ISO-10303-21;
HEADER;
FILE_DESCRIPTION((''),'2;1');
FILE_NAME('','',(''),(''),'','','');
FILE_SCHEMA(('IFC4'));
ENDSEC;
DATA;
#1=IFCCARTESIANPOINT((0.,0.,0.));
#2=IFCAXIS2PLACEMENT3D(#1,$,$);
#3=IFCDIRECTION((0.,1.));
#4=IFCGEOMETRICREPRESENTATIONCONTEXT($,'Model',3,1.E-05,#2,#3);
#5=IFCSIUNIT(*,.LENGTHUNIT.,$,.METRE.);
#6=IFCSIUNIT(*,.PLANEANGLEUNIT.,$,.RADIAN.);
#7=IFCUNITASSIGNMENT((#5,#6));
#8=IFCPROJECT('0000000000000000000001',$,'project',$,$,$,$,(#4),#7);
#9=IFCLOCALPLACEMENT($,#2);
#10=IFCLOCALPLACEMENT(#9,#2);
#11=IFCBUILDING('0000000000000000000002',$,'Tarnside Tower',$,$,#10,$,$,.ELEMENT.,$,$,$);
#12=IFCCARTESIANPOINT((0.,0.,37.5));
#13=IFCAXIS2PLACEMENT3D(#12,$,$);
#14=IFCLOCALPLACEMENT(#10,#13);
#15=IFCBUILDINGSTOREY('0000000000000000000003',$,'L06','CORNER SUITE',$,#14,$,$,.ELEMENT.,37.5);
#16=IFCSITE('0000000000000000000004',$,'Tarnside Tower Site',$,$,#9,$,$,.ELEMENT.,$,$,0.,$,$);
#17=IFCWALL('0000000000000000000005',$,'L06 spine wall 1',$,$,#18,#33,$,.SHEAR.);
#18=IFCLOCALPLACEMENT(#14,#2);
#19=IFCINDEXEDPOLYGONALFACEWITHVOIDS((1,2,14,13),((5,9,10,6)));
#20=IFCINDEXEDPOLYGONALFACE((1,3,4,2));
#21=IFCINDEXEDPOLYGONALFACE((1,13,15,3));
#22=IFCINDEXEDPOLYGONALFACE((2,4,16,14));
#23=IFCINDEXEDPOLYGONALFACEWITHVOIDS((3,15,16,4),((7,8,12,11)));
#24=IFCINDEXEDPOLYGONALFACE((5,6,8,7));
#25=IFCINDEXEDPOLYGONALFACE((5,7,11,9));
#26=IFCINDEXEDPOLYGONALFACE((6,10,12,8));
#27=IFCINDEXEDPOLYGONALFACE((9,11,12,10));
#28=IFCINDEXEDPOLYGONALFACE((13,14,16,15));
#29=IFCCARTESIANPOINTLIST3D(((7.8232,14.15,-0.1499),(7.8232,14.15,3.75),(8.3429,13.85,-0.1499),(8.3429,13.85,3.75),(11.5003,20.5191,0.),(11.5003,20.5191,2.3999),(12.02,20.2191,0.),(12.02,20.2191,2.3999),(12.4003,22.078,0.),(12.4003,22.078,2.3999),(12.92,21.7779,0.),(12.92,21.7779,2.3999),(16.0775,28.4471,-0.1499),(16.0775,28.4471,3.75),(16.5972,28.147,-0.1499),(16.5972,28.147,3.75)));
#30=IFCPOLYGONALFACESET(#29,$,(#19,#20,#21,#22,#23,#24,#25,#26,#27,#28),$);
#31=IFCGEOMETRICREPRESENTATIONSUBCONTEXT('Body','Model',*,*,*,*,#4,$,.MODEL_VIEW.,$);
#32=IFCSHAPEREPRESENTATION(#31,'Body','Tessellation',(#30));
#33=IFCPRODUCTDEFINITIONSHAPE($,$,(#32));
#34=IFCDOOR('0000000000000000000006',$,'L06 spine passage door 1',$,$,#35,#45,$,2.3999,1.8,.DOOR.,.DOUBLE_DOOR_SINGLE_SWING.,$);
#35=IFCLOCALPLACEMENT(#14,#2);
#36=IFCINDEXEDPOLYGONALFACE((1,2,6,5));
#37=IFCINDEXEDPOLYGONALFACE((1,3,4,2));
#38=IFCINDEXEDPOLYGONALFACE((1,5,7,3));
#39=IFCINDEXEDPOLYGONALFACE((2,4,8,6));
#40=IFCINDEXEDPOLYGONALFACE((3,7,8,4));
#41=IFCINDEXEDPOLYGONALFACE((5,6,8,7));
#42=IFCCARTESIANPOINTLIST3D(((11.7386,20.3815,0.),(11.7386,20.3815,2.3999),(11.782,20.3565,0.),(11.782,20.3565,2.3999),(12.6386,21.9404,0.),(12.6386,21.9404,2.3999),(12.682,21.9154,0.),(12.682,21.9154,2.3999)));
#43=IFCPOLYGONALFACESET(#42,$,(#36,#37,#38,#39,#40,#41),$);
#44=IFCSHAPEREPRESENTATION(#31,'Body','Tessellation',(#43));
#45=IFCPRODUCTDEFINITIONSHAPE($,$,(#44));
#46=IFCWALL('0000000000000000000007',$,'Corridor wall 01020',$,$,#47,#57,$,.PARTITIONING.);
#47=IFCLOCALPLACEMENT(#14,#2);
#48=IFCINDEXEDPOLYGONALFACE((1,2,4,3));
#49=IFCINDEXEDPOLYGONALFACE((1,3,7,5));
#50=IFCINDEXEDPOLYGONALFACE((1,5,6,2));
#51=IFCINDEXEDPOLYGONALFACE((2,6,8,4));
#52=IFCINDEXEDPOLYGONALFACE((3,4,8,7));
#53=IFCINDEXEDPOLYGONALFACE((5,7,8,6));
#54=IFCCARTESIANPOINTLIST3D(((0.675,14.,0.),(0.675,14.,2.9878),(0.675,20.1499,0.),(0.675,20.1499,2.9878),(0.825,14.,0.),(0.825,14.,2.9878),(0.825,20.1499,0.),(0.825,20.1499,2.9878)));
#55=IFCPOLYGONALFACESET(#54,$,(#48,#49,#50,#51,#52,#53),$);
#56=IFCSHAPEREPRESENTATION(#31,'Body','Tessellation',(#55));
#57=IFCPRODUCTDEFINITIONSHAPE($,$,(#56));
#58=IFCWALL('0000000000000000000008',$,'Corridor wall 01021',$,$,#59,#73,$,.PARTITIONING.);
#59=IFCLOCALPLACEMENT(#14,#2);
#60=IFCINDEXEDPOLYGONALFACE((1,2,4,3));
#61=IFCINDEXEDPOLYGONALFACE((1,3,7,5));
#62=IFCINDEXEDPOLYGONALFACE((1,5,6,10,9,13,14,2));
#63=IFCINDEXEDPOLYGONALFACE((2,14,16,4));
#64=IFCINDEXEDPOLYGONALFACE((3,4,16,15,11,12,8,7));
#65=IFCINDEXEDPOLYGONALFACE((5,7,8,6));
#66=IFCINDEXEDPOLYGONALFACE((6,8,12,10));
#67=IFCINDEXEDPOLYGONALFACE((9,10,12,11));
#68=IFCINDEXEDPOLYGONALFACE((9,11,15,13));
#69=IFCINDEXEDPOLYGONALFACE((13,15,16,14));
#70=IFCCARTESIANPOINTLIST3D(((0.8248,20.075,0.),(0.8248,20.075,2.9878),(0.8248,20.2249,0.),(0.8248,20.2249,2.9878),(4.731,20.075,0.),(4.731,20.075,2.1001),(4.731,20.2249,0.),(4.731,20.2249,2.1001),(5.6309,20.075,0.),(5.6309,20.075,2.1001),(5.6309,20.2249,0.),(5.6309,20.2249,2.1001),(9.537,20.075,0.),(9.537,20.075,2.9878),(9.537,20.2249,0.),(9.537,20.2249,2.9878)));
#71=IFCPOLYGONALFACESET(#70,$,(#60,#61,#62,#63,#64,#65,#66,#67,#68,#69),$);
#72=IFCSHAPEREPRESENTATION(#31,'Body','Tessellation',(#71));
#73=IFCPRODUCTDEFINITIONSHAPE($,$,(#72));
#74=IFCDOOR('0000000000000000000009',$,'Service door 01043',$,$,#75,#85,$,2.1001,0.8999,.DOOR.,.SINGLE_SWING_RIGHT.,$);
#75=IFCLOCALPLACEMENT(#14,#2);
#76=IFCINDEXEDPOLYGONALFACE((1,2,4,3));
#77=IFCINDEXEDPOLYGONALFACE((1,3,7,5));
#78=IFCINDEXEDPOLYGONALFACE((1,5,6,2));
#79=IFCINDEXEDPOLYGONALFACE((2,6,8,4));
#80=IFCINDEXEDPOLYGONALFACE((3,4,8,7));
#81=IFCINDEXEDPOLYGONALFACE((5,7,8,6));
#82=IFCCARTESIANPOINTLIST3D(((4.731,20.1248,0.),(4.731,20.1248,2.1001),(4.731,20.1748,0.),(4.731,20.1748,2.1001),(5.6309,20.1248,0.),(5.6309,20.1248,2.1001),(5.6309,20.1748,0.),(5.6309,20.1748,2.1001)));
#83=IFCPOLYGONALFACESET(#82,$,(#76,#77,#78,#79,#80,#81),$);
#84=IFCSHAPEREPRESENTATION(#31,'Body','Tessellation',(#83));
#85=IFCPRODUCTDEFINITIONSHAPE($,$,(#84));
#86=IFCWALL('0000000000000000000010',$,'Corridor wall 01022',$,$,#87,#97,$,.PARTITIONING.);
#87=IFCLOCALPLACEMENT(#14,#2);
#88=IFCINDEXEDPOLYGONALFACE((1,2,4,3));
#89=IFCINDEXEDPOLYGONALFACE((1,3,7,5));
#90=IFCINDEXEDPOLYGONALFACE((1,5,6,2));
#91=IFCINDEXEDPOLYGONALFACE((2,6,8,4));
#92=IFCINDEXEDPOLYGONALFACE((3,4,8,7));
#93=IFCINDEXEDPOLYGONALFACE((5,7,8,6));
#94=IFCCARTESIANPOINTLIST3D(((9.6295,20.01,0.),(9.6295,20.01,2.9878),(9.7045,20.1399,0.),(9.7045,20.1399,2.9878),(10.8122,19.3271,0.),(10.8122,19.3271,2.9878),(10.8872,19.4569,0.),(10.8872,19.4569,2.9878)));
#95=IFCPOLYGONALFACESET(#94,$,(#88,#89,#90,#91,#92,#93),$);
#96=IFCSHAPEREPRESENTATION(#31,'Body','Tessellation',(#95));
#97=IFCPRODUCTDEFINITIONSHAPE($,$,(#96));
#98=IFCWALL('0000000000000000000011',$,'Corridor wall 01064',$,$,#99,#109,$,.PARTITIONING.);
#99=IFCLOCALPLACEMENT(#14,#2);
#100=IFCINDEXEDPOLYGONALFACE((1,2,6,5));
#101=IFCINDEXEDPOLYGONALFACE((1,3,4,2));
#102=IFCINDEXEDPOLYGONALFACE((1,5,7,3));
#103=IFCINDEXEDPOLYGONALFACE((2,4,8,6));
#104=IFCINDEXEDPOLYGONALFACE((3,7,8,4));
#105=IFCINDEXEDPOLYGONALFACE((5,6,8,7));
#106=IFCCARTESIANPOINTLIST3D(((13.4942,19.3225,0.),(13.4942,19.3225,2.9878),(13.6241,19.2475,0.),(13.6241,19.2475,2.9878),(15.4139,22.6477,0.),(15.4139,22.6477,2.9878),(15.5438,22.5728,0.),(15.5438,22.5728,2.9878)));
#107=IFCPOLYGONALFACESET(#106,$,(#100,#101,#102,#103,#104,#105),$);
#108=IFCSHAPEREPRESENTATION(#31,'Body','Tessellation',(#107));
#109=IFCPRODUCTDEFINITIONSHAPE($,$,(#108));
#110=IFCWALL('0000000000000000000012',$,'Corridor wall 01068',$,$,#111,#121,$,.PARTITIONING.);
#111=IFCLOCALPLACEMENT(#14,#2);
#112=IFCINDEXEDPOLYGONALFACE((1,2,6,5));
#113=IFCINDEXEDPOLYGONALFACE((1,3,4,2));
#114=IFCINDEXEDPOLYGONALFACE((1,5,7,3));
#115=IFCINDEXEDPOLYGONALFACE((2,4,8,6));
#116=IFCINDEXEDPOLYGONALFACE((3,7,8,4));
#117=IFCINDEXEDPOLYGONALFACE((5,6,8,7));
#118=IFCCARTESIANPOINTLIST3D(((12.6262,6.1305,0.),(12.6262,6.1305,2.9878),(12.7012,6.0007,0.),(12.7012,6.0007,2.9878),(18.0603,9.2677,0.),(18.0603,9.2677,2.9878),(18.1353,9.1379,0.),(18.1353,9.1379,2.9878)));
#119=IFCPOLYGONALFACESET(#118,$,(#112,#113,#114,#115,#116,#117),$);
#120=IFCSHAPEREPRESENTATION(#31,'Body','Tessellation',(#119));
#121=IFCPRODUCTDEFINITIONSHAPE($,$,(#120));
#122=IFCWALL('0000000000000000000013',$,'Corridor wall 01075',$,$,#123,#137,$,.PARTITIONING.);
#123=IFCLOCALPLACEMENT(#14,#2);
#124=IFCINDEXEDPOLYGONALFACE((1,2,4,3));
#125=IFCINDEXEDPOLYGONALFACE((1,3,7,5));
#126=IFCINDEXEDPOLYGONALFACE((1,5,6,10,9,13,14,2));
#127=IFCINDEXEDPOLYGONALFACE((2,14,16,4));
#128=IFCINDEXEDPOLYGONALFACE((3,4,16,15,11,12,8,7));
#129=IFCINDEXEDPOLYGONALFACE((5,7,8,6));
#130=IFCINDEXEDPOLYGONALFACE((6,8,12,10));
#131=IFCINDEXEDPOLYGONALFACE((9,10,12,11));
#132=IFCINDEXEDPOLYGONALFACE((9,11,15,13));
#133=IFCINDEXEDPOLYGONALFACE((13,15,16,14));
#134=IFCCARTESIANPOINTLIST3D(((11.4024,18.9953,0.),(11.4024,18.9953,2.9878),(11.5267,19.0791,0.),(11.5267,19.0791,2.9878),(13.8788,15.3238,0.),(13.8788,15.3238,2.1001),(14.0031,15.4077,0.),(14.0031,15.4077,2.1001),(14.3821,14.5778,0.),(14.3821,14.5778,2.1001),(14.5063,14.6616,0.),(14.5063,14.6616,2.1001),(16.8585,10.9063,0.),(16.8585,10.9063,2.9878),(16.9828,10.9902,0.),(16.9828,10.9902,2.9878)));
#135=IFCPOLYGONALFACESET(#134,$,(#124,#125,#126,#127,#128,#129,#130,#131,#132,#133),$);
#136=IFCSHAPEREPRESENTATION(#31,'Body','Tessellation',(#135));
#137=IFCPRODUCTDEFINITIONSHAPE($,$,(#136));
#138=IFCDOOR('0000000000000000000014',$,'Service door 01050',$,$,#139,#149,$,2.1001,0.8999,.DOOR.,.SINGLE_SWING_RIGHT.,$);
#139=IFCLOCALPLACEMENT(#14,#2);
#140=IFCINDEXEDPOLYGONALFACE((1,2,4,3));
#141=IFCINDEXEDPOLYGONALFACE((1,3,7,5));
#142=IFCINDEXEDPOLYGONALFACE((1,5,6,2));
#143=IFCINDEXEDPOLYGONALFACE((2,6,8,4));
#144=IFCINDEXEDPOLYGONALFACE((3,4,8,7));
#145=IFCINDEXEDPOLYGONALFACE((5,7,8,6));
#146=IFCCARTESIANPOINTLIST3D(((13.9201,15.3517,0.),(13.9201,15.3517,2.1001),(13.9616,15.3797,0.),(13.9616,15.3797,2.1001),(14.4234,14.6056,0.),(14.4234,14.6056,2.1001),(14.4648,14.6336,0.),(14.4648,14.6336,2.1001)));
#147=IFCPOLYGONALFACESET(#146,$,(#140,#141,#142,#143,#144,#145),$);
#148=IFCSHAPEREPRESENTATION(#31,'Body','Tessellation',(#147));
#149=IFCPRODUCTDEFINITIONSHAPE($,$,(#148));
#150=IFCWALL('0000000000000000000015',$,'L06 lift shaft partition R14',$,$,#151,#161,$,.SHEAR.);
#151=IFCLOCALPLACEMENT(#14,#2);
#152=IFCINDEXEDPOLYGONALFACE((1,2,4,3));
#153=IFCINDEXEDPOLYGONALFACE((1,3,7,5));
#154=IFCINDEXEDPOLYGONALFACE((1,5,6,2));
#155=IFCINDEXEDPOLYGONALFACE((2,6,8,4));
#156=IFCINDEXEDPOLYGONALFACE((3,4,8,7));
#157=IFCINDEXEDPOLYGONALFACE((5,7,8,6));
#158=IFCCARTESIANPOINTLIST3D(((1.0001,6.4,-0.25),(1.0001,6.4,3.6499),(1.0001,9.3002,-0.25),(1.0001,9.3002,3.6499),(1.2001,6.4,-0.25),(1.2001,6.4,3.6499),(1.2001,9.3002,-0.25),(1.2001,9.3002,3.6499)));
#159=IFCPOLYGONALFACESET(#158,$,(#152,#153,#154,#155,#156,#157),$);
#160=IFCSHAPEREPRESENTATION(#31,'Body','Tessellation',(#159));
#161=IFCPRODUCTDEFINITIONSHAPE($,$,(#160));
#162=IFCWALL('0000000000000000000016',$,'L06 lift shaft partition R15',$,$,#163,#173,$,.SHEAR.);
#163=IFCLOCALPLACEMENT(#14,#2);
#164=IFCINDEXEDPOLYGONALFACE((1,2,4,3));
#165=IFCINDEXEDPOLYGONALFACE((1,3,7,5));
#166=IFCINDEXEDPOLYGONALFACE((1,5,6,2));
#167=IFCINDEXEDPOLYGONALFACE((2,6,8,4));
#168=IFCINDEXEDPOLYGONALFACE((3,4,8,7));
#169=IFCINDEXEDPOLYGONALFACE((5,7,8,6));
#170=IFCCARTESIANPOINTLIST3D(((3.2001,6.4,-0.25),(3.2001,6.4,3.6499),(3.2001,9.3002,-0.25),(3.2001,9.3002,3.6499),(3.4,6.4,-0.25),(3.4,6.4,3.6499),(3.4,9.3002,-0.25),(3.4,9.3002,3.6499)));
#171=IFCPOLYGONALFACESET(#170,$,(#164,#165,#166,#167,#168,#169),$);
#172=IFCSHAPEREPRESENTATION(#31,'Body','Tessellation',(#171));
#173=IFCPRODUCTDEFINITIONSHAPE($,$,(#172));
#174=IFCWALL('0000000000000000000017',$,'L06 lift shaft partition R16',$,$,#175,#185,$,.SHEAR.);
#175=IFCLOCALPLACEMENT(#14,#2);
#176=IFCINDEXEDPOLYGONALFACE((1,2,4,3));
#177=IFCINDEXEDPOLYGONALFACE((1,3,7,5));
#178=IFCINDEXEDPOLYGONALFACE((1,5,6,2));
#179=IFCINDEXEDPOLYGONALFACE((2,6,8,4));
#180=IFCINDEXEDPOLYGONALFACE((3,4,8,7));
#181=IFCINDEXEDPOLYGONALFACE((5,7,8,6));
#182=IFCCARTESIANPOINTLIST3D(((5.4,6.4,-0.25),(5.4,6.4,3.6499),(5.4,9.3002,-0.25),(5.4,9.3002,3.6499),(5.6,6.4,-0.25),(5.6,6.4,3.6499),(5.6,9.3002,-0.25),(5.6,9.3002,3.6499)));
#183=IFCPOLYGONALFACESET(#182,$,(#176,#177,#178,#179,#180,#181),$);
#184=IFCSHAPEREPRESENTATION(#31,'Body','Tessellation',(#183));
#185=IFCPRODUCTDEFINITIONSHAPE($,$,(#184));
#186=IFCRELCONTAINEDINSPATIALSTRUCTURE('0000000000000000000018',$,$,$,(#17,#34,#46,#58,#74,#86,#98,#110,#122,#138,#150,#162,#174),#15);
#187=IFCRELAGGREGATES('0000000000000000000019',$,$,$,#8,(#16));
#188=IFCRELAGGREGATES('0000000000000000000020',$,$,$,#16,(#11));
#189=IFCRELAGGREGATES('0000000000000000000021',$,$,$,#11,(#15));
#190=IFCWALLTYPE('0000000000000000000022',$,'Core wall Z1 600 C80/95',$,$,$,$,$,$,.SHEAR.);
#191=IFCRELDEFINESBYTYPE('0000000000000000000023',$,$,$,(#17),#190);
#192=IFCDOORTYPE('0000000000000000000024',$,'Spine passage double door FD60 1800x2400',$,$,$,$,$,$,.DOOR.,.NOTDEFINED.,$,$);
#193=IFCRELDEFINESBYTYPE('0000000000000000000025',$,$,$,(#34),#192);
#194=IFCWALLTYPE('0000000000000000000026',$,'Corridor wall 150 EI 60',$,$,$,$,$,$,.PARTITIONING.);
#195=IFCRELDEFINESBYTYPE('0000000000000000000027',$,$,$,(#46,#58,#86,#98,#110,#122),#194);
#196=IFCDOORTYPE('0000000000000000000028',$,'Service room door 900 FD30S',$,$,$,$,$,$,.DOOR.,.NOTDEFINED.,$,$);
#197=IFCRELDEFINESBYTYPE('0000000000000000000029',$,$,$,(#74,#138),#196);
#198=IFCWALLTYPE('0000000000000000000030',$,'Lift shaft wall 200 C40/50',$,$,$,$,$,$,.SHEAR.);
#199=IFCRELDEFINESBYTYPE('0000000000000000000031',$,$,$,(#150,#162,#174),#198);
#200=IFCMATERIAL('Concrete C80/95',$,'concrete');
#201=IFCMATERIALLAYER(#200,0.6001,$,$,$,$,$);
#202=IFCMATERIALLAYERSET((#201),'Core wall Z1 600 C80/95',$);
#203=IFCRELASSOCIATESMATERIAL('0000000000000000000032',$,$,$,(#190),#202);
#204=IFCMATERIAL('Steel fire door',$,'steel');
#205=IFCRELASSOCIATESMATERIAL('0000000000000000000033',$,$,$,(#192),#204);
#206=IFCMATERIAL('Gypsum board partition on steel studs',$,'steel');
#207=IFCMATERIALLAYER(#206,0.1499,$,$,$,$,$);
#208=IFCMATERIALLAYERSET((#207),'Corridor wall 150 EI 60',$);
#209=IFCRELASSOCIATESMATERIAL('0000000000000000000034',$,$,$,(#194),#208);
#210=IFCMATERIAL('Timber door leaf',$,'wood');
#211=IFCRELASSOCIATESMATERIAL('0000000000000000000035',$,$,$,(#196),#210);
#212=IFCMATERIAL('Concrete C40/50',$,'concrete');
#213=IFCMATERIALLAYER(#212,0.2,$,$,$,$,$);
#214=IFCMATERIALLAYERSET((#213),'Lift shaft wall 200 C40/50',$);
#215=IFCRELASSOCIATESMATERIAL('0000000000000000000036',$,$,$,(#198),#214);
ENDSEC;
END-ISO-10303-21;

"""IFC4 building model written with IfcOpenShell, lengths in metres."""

from ifc_helpers import new_model, si_unit, direction, frame, frame_2d, origin, place, context, subcontext, project, spatial, rectangle, extrude, material, layer, layer_set, type_object, element, fill, save


model = new_model("IFC4")

# Units and contexts
model_context = context("Model", 3, precision=1e-05, world=origin(), true_north=direction((0.0, 1.0)))
body_context = subcontext(model_context, "Body", "Model", "MODEL_VIEW")
ifc_project = project(units=[si_unit("LENGTHUNIT", "METRE"), si_unit("PLANEANGLEUNIT", "RADIAN")], contexts=[model_context])

# Site, building, storey
site_placement = place(None, origin())
site = spatial("IfcSite", under=ifc_project, at=site_placement, Name="Tarnside Tower Site", CompositionType="ELEMENT", RefElevation=0.0)
building_placement = place(site_placement, origin())
building = spatial("IfcBuilding", under=site, at=building_placement, Name="Tarnside Tower", CompositionType="ELEMENT")
storey_placement = place(building_placement, frame((0.0, 0.0, 37.5)))
storey = spatial("IfcBuildingStorey", under=building, at=storey_placement, Name="L06", Description="CORNER SUITE", CompositionType="ELEMENT", Elevation=37.5)

# Shared definitions
ifc_material_1 = material(Name="Concrete C40/50", Category="concrete")

# Shared definitions
ifc_material_2 = material(Name="Gypsum board partition on steel studs", Category="steel")
ifc_material_3 = material(Name="Timber door leaf", Category="wood")

# Shared definitions
ifc_material_4 = material(Name="Steel fire door", Category="steel")

# Wall, opening, door
ifc_material_5 = material(Name="Concrete C80/95", Category="concrete")
ifc_layer_1 = layer(ifc_material_5, 0.6001)
ifc_layer_set_1 = layer_set([ifc_layer_1], Name="Core wall Z1 600 C80/95")
wall_type_1 = type_object("IfcWallType", Name="Core wall Z1 600 C80/95", PredefinedType="SHEAR", material=ifc_layer_set_1)
wall_1_placement = place(storey_placement, frame((8.083, 14.0, -0.1499), z_axis=(0.0, 0.0, 1.0), x_axis=(0.499998, 0.866027, 0.0)))
wall_1 = element("IfcWall", 1, at=wall_1_placement, inside=storey, type_object=wall_type_1, Name="L06 spine wall 1", PredefinedType="SHEAR", context=body_context, shape_type="SweptSolid", body=[
    extrude(rectangle(XDim=16.5088, YDim=0.6001, at=frame_2d((8.2544, 0.0))), origin(), (0.0, 0.0, 1.0), 3.8999),
])
opening_1_placement = place(wall_1_placement, frame((7.3545, 0.0, 0.1499)))
opening_1 = element("IfcOpeningElement", 2, at=opening_1_placement, cuts=wall_1, PredefinedType="OPENING", context=body_context, shape_type="SweptSolid", body=[
    extrude(rectangle(XDim=1.8, YDim=2.3999, at=frame_2d((0.8999, 1.2))), frame((0.0, 0.3101, 0.0), z_axis=(0.0, -1.0, 0.0), x_axis=(1.0, 0.0, 0.0)), (0.0, 0.0, 1.0), 0.6201),
])
door_type_1 = type_object("IfcDoorType", Name="Spine passage double door FD60 1800x2400", OperationType="NOTDEFINED", PredefinedType="DOOR", material=ifc_material_4)
door_1_placement = place(opening_1_placement, origin())
door_1 = element("IfcDoor", 3, at=door_1_placement, inside=storey, type_object=door_type_1, Name="L06 spine passage door 1", OperationType="DOUBLE_DOOR_SINGLE_SWING", OverallHeight=2.3999, OverallWidth=1.8, PredefinedType="DOOR", context=body_context, shape_type="SweptSolid", body=[
    extrude(rectangle(XDim=1.8, YDim=2.3999, at=frame_2d((0.8999, 1.2))), frame((0.0, 0.0249, 0.0), z_axis=(0.0, -1.0, 0.0), x_axis=(1.0, 0.0, 0.0)), (0.0, 0.0, 1.0), 0.05),
])
fill(opening_1, door_1)

# Wall
ifc_layer_2 = layer(ifc_material_2, 0.1499)
ifc_layer_set_2 = layer_set([ifc_layer_2], Name="Corridor wall 150 EI 60")
wall_type_2 = type_object("IfcWallType", Name="Corridor wall 150 EI 60", PredefinedType="PARTITIONING", material=ifc_layer_set_2)
wall_2_placement = place(storey_placement, frame((0.75, 14.0, 0.0), z_axis=(0.0, 0.0, 1.0), x_axis=(0.0, 1.0, 0.0)))
element("IfcWall", 4, at=wall_2_placement, inside=storey, type_object=wall_type_2, Name="Corridor wall 01020", PredefinedType="PARTITIONING", context=body_context, shape_type="SweptSolid", body=[
    extrude(rectangle(XDim=6.1499, YDim=0.1499, at=frame_2d((3.075, 0.0))), origin(), (0.0, 0.0, 1.0), 2.9878),
])

# Wall, opening, door
wall_3_placement = place(storey_placement, frame((0.825, 20.1499, 0.0), z_axis=(0.0, 0.0, 1.0), x_axis=(1.0, 0.0, 0.0)))
wall_3 = element("IfcWall", 5, at=wall_3_placement, inside=storey, type_object=wall_type_2, Name="Corridor wall 01021", PredefinedType="PARTITIONING", context=body_context, shape_type="SweptSolid", body=[
    extrude(rectangle(XDim=8.7122, YDim=0.1499, at=frame_2d((4.356, 0.0))), origin(), (0.0, 0.0, 1.0), 2.9878),
])
opening_2_placement = place(wall_3_placement, frame((3.906, 0.0, 0.0)))
opening_2 = element("IfcOpeningElement", 6, at=opening_2_placement, cuts=wall_3, PredefinedType="OPENING", context=body_context, shape_type="SweptSolid", body=[
    extrude(rectangle(XDim=0.8999, YDim=2.1001, at=frame_2d((0.45, 1.05))), frame((0.0, 0.085, 0.0), z_axis=(0.0, -1.0, 0.0), x_axis=(1.0, 0.0, 0.0)), (0.0, 0.0, 1.0), 0.1699),
])
door_type_2 = type_object("IfcDoorType", Name="Service room door 900 FD30S", OperationType="NOTDEFINED", PredefinedType="DOOR", material=ifc_material_3)
door_2_placement = place(opening_2_placement, origin())
door_2 = element("IfcDoor", 7, at=door_2_placement, inside=storey, type_object=door_type_2, Name="Service door 01043", OperationType="SINGLE_SWING_RIGHT", OverallHeight=2.1001, OverallWidth=0.8999, PredefinedType="DOOR", context=body_context, shape_type="SweptSolid", body=[
    extrude(rectangle(XDim=0.8999, YDim=2.1001, at=frame_2d((0.45, 1.05))), frame((0.0, 0.0249, 0.0), z_axis=(0.0, -1.0, 0.0), x_axis=(1.0, 0.0, 0.0)), (0.0, 0.0, 1.0), 0.05),
])
fill(opening_2, door_2)

# Walls
wall_4_placement = place(storey_placement, frame((9.667, 20.075, 0.0), z_axis=(0.0, 0.0, 1.0), x_axis=(0.866001, -0.500042, 0.0)))
element("IfcWall", 8, at=wall_4_placement, inside=storey, type_object=wall_type_2, Name="Corridor wall 01022", PredefinedType="PARTITIONING", context=body_context, shape_type="SweptSolid", body=[
    extrude(rectangle(XDim=1.3657, YDim=0.1499, at=frame_2d((0.6829, 0.0))), origin(), (0.0, 0.0, 1.0), 2.9878),
])
wall_5_placement = place(storey_placement, frame((13.5591, 19.2849, 0.0), z_axis=(0.0, 0.0, 1.0), x_axis=(0.499976, 0.866039, 0.0)))
element("IfcWall", 9, at=wall_5_placement, inside=storey, type_object=wall_type_2, Name="Corridor wall 01064", PredefinedType="PARTITIONING", context=body_context, shape_type="SweptSolid", body=[
    extrude(rectangle(XDim=3.8396, YDim=0.1499, at=frame_2d((1.9199, 0.0))), origin(), (0.0, 0.0, 1.0), 2.9878),
])
wall_6_placement = place(storey_placement, frame((12.6638, 6.0657, 0.0), z_axis=(0.0, 0.0, 1.0), x_axis=(0.866037, 0.499981, 0.0)))
element("IfcWall", 10, at=wall_6_placement, inside=storey, type_object=wall_type_2, Name="Corridor wall 01068", PredefinedType="PARTITIONING", context=body_context, shape_type="SweptSolid", body=[
    extrude(rectangle(XDim=6.2747, YDim=0.1499, at=frame_2d((3.1372, 0.0))), origin(), (0.0, 0.0, 1.0), 2.9878),
])

# Wall, opening, door
wall_7_placement = place(storey_placement, frame((11.4646, 19.0371, 0.0), z_axis=(0.0, 0.0, 1.0), x_axis=(0.559196, -0.829035, 0.0)))
wall_7 = element("IfcWall", 11, at=wall_7_placement, inside=storey, type_object=wall_type_2, Name="Corridor wall 01075", PredefinedType="PARTITIONING", context=body_context, shape_type="SweptSolid", body=[
    extrude(rectangle(XDim=9.7571, YDim=0.1499, at=frame_2d((4.8784, 0.0))), origin(), (0.0, 0.0, 1.0), 2.9878),
])
opening_3_placement = place(wall_7_placement, frame((4.4285, 0.0, 0.0)))
opening_3 = element("IfcOpeningElement", 12, at=opening_3_placement, cuts=wall_7, PredefinedType="OPENING", context=body_context, shape_type="SweptSolid", body=[
    extrude(rectangle(XDim=0.8999, YDim=2.1001, at=frame_2d((0.45, 1.05))), frame((0.0, 0.085, 0.0), z_axis=(0.0, -1.0, 0.0), x_axis=(1.0, 0.0, 0.0)), (0.0, 0.0, 1.0), 0.1699),
])
door_3_placement = place(opening_3_placement, origin())
door_3 = element("IfcDoor", 13, at=door_3_placement, inside=storey, type_object=door_type_2, Name="Service door 01050", OperationType="SINGLE_SWING_RIGHT", OverallHeight=2.1001, OverallWidth=0.8999, PredefinedType="DOOR", context=body_context, shape_type="SweptSolid", body=[
    extrude(rectangle(XDim=0.8999, YDim=2.1001, at=frame_2d((0.45, 1.05))), frame((0.0, 0.0249, 0.0), z_axis=(0.0, -1.0, 0.0), x_axis=(1.0, 0.0, 0.0)), (0.0, 0.0, 1.0), 0.05),
])
fill(opening_3, door_3)

# Walls
ifc_layer_3 = layer(ifc_material_1, 0.2)
ifc_layer_set_3 = layer_set([ifc_layer_3], Name="Lift shaft wall 200 C40/50")
wall_type_3 = type_object("IfcWallType", Name="Lift shaft wall 200 C40/50", PredefinedType="SHEAR", material=ifc_layer_set_3)
for number, where, z_axis, x_axis, name in (
    (14, (1.1001, 6.3999, -0.25), (0.0, 0.0, 1.0), (0.0, 1.0, 0.0), "L06 lift shaft partition R14"),
    (15, (3.3, 6.3999, -0.25), (0.0, 0.0, 1.0), (0.0, 1.0, 0.0), "L06 lift shaft partition R15"),
    (16, (5.5, 6.3999, -0.25), (0.0, 0.0, 1.0), (0.0, 1.0, 0.0), "L06 lift shaft partition R16"),
):
    element("IfcWall", number, at=place(storey_placement, frame(where, z_axis=z_axis, x_axis=x_axis)), inside=storey, type_object=wall_type_3, Name=name, PredefinedType="SHEAR", context=body_context, shape_type="SweptSolid", body=[
        extrude(rectangle(XDim=2.9001, YDim=0.2, at=frame_2d((1.4502, 0.0))), origin(), (0.0, 0.0, 1.0), 3.8999),
    ])

save(model, "model.ifc")
